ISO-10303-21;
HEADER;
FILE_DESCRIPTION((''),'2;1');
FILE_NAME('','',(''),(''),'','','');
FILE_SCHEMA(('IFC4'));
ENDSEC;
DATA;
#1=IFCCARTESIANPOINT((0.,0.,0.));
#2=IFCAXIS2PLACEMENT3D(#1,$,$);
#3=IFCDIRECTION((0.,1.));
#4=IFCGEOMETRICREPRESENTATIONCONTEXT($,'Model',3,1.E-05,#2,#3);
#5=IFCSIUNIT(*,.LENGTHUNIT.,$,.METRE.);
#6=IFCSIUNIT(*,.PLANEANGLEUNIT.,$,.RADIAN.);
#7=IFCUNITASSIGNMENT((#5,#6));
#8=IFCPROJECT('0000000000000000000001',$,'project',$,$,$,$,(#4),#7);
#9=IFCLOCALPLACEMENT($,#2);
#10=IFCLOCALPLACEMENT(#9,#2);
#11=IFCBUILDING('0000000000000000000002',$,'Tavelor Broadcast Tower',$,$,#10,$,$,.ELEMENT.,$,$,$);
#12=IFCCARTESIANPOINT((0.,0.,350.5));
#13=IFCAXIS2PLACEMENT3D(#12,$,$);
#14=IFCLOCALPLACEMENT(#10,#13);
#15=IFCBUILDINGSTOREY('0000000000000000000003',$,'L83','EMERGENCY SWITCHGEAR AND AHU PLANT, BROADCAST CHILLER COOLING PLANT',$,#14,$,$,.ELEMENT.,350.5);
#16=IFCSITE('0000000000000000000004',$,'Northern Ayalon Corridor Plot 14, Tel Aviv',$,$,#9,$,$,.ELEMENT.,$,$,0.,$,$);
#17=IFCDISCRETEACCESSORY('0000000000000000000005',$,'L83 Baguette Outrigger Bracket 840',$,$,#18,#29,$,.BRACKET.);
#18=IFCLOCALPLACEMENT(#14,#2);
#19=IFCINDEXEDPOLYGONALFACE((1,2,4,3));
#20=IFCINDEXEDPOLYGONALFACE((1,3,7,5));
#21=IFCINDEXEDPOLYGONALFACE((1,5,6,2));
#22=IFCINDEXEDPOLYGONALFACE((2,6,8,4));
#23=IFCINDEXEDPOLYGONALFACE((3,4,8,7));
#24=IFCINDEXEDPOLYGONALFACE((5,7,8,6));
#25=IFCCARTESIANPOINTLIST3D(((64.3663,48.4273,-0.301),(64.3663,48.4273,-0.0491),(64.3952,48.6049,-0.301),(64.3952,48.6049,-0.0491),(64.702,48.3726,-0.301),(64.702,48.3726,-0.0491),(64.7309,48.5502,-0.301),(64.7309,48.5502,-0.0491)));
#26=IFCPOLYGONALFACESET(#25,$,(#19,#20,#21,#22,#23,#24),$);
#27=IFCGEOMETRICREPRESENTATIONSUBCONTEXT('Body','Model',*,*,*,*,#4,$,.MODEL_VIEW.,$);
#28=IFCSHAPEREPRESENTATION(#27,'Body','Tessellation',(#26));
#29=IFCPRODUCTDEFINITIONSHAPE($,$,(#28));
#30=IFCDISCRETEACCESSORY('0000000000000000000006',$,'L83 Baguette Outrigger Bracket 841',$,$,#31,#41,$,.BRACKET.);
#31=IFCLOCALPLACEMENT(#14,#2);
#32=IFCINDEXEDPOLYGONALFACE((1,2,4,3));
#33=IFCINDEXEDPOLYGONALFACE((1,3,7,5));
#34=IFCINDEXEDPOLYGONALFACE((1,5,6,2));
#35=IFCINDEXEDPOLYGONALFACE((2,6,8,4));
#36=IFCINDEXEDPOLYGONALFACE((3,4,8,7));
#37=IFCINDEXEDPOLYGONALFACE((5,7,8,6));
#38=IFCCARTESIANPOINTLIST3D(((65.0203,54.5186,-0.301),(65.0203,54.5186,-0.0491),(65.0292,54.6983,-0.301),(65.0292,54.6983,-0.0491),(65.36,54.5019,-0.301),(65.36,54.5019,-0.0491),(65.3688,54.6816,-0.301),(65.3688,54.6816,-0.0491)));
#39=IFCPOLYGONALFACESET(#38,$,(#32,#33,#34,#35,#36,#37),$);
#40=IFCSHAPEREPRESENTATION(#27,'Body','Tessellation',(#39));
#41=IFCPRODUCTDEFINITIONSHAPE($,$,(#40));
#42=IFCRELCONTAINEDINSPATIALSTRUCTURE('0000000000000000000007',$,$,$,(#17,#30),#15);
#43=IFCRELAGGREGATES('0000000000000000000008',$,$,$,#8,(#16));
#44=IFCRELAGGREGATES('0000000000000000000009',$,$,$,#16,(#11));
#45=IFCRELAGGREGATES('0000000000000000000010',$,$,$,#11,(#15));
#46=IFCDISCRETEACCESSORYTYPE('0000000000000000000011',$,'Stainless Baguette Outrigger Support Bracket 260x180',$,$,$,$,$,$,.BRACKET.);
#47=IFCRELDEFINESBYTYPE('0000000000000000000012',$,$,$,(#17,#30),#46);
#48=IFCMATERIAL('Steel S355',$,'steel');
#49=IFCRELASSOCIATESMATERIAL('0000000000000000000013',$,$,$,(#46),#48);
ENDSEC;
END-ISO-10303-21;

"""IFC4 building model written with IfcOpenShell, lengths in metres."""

from ifc_helpers import new_model, si_unit, direction, frame, origin, origin_2d, place, context, subcontext, project, spatial, rectangle, extrude, source, transform, mapped, material, type_object, type_shapes, element, save


model = new_model("IFC4")

# Units and contexts
model_context = context("Model", 3, precision=1e-05, world=origin(), true_north=direction((0.0, 1.0)))
body_context = subcontext(model_context, "Body", "Model", "MODEL_VIEW")
ifc_project = project(units=[si_unit("LENGTHUNIT", "METRE"), si_unit("PLANEANGLEUNIT", "RADIAN")], contexts=[model_context])

# Site, building, storey
site_placement = place(None, origin())
site = spatial("IfcSite", under=ifc_project, at=site_placement, Name="Northern Ayalon Corridor Plot 14, Tel Aviv", CompositionType="ELEMENT", RefElevation=0.0)
building_placement = place(site_placement, origin())
building = spatial("IfcBuilding", under=site, at=building_placement, Name="Tavelor Broadcast Tower", CompositionType="ELEMENT")
storey_placement = place(building_placement, frame((0.0, 0.0, 350.5)))
storey = spatial("IfcBuildingStorey", under=building, at=storey_placement, Name="L83", Description="EMERGENCY SWITCHGEAR AND AHU PLANT, BROADCAST CHILLER COOLING PLANT", CompositionType="ELEMENT", Elevation=350.5)

# Shared definitions
ifc_material_1 = material(Name="Steel S355", Category="steel")

# Discrete accessories
discrete_accessory_type = type_object("IfcDiscreteAccessoryType", Name="Stainless Baguette Outrigger Support Bracket 260x180", PredefinedType="BRACKET", material=ifc_material_1)
shared_shape_1 = source(origin(), body_context, "Body", "SweptSolid", [
    extrude(rectangle(XDim=0.1799, YDim=0.3401, at=origin_2d()), origin(), (0.0, 0.0, 1.0), 0.252),
])
type_shapes(discrete_accessory_type, [shared_shape_1])
for number, where, z_axis, x_axis, name in (
    (1, (64.5486, 48.4888, -0.301), (0.0, 0.0, 1.0), (0.160743, 0.986996, 0.0), "L83 Baguette Outrigger Bracket 840"),
    (2, (65.1946, 54.6001, -0.301), (0.0, 0.0, 1.0), (0.049198, 0.998789, 0.0), "L83 Baguette Outrigger Bracket 841"),
):
    element("IfcDiscreteAccessory", number, at=place(storey_placement, frame(where, z_axis=z_axis, x_axis=x_axis)), inside=storey, type_object=discrete_accessory_type, Name=name, PredefinedType="BRACKET", context=body_context, shape_type="MappedRepresentation", body=[
        mapped(shared_shape_1, transform((0.0, 0.0, 0.0), scale=1.0)),
    ])

save(model, "model.ifc")
